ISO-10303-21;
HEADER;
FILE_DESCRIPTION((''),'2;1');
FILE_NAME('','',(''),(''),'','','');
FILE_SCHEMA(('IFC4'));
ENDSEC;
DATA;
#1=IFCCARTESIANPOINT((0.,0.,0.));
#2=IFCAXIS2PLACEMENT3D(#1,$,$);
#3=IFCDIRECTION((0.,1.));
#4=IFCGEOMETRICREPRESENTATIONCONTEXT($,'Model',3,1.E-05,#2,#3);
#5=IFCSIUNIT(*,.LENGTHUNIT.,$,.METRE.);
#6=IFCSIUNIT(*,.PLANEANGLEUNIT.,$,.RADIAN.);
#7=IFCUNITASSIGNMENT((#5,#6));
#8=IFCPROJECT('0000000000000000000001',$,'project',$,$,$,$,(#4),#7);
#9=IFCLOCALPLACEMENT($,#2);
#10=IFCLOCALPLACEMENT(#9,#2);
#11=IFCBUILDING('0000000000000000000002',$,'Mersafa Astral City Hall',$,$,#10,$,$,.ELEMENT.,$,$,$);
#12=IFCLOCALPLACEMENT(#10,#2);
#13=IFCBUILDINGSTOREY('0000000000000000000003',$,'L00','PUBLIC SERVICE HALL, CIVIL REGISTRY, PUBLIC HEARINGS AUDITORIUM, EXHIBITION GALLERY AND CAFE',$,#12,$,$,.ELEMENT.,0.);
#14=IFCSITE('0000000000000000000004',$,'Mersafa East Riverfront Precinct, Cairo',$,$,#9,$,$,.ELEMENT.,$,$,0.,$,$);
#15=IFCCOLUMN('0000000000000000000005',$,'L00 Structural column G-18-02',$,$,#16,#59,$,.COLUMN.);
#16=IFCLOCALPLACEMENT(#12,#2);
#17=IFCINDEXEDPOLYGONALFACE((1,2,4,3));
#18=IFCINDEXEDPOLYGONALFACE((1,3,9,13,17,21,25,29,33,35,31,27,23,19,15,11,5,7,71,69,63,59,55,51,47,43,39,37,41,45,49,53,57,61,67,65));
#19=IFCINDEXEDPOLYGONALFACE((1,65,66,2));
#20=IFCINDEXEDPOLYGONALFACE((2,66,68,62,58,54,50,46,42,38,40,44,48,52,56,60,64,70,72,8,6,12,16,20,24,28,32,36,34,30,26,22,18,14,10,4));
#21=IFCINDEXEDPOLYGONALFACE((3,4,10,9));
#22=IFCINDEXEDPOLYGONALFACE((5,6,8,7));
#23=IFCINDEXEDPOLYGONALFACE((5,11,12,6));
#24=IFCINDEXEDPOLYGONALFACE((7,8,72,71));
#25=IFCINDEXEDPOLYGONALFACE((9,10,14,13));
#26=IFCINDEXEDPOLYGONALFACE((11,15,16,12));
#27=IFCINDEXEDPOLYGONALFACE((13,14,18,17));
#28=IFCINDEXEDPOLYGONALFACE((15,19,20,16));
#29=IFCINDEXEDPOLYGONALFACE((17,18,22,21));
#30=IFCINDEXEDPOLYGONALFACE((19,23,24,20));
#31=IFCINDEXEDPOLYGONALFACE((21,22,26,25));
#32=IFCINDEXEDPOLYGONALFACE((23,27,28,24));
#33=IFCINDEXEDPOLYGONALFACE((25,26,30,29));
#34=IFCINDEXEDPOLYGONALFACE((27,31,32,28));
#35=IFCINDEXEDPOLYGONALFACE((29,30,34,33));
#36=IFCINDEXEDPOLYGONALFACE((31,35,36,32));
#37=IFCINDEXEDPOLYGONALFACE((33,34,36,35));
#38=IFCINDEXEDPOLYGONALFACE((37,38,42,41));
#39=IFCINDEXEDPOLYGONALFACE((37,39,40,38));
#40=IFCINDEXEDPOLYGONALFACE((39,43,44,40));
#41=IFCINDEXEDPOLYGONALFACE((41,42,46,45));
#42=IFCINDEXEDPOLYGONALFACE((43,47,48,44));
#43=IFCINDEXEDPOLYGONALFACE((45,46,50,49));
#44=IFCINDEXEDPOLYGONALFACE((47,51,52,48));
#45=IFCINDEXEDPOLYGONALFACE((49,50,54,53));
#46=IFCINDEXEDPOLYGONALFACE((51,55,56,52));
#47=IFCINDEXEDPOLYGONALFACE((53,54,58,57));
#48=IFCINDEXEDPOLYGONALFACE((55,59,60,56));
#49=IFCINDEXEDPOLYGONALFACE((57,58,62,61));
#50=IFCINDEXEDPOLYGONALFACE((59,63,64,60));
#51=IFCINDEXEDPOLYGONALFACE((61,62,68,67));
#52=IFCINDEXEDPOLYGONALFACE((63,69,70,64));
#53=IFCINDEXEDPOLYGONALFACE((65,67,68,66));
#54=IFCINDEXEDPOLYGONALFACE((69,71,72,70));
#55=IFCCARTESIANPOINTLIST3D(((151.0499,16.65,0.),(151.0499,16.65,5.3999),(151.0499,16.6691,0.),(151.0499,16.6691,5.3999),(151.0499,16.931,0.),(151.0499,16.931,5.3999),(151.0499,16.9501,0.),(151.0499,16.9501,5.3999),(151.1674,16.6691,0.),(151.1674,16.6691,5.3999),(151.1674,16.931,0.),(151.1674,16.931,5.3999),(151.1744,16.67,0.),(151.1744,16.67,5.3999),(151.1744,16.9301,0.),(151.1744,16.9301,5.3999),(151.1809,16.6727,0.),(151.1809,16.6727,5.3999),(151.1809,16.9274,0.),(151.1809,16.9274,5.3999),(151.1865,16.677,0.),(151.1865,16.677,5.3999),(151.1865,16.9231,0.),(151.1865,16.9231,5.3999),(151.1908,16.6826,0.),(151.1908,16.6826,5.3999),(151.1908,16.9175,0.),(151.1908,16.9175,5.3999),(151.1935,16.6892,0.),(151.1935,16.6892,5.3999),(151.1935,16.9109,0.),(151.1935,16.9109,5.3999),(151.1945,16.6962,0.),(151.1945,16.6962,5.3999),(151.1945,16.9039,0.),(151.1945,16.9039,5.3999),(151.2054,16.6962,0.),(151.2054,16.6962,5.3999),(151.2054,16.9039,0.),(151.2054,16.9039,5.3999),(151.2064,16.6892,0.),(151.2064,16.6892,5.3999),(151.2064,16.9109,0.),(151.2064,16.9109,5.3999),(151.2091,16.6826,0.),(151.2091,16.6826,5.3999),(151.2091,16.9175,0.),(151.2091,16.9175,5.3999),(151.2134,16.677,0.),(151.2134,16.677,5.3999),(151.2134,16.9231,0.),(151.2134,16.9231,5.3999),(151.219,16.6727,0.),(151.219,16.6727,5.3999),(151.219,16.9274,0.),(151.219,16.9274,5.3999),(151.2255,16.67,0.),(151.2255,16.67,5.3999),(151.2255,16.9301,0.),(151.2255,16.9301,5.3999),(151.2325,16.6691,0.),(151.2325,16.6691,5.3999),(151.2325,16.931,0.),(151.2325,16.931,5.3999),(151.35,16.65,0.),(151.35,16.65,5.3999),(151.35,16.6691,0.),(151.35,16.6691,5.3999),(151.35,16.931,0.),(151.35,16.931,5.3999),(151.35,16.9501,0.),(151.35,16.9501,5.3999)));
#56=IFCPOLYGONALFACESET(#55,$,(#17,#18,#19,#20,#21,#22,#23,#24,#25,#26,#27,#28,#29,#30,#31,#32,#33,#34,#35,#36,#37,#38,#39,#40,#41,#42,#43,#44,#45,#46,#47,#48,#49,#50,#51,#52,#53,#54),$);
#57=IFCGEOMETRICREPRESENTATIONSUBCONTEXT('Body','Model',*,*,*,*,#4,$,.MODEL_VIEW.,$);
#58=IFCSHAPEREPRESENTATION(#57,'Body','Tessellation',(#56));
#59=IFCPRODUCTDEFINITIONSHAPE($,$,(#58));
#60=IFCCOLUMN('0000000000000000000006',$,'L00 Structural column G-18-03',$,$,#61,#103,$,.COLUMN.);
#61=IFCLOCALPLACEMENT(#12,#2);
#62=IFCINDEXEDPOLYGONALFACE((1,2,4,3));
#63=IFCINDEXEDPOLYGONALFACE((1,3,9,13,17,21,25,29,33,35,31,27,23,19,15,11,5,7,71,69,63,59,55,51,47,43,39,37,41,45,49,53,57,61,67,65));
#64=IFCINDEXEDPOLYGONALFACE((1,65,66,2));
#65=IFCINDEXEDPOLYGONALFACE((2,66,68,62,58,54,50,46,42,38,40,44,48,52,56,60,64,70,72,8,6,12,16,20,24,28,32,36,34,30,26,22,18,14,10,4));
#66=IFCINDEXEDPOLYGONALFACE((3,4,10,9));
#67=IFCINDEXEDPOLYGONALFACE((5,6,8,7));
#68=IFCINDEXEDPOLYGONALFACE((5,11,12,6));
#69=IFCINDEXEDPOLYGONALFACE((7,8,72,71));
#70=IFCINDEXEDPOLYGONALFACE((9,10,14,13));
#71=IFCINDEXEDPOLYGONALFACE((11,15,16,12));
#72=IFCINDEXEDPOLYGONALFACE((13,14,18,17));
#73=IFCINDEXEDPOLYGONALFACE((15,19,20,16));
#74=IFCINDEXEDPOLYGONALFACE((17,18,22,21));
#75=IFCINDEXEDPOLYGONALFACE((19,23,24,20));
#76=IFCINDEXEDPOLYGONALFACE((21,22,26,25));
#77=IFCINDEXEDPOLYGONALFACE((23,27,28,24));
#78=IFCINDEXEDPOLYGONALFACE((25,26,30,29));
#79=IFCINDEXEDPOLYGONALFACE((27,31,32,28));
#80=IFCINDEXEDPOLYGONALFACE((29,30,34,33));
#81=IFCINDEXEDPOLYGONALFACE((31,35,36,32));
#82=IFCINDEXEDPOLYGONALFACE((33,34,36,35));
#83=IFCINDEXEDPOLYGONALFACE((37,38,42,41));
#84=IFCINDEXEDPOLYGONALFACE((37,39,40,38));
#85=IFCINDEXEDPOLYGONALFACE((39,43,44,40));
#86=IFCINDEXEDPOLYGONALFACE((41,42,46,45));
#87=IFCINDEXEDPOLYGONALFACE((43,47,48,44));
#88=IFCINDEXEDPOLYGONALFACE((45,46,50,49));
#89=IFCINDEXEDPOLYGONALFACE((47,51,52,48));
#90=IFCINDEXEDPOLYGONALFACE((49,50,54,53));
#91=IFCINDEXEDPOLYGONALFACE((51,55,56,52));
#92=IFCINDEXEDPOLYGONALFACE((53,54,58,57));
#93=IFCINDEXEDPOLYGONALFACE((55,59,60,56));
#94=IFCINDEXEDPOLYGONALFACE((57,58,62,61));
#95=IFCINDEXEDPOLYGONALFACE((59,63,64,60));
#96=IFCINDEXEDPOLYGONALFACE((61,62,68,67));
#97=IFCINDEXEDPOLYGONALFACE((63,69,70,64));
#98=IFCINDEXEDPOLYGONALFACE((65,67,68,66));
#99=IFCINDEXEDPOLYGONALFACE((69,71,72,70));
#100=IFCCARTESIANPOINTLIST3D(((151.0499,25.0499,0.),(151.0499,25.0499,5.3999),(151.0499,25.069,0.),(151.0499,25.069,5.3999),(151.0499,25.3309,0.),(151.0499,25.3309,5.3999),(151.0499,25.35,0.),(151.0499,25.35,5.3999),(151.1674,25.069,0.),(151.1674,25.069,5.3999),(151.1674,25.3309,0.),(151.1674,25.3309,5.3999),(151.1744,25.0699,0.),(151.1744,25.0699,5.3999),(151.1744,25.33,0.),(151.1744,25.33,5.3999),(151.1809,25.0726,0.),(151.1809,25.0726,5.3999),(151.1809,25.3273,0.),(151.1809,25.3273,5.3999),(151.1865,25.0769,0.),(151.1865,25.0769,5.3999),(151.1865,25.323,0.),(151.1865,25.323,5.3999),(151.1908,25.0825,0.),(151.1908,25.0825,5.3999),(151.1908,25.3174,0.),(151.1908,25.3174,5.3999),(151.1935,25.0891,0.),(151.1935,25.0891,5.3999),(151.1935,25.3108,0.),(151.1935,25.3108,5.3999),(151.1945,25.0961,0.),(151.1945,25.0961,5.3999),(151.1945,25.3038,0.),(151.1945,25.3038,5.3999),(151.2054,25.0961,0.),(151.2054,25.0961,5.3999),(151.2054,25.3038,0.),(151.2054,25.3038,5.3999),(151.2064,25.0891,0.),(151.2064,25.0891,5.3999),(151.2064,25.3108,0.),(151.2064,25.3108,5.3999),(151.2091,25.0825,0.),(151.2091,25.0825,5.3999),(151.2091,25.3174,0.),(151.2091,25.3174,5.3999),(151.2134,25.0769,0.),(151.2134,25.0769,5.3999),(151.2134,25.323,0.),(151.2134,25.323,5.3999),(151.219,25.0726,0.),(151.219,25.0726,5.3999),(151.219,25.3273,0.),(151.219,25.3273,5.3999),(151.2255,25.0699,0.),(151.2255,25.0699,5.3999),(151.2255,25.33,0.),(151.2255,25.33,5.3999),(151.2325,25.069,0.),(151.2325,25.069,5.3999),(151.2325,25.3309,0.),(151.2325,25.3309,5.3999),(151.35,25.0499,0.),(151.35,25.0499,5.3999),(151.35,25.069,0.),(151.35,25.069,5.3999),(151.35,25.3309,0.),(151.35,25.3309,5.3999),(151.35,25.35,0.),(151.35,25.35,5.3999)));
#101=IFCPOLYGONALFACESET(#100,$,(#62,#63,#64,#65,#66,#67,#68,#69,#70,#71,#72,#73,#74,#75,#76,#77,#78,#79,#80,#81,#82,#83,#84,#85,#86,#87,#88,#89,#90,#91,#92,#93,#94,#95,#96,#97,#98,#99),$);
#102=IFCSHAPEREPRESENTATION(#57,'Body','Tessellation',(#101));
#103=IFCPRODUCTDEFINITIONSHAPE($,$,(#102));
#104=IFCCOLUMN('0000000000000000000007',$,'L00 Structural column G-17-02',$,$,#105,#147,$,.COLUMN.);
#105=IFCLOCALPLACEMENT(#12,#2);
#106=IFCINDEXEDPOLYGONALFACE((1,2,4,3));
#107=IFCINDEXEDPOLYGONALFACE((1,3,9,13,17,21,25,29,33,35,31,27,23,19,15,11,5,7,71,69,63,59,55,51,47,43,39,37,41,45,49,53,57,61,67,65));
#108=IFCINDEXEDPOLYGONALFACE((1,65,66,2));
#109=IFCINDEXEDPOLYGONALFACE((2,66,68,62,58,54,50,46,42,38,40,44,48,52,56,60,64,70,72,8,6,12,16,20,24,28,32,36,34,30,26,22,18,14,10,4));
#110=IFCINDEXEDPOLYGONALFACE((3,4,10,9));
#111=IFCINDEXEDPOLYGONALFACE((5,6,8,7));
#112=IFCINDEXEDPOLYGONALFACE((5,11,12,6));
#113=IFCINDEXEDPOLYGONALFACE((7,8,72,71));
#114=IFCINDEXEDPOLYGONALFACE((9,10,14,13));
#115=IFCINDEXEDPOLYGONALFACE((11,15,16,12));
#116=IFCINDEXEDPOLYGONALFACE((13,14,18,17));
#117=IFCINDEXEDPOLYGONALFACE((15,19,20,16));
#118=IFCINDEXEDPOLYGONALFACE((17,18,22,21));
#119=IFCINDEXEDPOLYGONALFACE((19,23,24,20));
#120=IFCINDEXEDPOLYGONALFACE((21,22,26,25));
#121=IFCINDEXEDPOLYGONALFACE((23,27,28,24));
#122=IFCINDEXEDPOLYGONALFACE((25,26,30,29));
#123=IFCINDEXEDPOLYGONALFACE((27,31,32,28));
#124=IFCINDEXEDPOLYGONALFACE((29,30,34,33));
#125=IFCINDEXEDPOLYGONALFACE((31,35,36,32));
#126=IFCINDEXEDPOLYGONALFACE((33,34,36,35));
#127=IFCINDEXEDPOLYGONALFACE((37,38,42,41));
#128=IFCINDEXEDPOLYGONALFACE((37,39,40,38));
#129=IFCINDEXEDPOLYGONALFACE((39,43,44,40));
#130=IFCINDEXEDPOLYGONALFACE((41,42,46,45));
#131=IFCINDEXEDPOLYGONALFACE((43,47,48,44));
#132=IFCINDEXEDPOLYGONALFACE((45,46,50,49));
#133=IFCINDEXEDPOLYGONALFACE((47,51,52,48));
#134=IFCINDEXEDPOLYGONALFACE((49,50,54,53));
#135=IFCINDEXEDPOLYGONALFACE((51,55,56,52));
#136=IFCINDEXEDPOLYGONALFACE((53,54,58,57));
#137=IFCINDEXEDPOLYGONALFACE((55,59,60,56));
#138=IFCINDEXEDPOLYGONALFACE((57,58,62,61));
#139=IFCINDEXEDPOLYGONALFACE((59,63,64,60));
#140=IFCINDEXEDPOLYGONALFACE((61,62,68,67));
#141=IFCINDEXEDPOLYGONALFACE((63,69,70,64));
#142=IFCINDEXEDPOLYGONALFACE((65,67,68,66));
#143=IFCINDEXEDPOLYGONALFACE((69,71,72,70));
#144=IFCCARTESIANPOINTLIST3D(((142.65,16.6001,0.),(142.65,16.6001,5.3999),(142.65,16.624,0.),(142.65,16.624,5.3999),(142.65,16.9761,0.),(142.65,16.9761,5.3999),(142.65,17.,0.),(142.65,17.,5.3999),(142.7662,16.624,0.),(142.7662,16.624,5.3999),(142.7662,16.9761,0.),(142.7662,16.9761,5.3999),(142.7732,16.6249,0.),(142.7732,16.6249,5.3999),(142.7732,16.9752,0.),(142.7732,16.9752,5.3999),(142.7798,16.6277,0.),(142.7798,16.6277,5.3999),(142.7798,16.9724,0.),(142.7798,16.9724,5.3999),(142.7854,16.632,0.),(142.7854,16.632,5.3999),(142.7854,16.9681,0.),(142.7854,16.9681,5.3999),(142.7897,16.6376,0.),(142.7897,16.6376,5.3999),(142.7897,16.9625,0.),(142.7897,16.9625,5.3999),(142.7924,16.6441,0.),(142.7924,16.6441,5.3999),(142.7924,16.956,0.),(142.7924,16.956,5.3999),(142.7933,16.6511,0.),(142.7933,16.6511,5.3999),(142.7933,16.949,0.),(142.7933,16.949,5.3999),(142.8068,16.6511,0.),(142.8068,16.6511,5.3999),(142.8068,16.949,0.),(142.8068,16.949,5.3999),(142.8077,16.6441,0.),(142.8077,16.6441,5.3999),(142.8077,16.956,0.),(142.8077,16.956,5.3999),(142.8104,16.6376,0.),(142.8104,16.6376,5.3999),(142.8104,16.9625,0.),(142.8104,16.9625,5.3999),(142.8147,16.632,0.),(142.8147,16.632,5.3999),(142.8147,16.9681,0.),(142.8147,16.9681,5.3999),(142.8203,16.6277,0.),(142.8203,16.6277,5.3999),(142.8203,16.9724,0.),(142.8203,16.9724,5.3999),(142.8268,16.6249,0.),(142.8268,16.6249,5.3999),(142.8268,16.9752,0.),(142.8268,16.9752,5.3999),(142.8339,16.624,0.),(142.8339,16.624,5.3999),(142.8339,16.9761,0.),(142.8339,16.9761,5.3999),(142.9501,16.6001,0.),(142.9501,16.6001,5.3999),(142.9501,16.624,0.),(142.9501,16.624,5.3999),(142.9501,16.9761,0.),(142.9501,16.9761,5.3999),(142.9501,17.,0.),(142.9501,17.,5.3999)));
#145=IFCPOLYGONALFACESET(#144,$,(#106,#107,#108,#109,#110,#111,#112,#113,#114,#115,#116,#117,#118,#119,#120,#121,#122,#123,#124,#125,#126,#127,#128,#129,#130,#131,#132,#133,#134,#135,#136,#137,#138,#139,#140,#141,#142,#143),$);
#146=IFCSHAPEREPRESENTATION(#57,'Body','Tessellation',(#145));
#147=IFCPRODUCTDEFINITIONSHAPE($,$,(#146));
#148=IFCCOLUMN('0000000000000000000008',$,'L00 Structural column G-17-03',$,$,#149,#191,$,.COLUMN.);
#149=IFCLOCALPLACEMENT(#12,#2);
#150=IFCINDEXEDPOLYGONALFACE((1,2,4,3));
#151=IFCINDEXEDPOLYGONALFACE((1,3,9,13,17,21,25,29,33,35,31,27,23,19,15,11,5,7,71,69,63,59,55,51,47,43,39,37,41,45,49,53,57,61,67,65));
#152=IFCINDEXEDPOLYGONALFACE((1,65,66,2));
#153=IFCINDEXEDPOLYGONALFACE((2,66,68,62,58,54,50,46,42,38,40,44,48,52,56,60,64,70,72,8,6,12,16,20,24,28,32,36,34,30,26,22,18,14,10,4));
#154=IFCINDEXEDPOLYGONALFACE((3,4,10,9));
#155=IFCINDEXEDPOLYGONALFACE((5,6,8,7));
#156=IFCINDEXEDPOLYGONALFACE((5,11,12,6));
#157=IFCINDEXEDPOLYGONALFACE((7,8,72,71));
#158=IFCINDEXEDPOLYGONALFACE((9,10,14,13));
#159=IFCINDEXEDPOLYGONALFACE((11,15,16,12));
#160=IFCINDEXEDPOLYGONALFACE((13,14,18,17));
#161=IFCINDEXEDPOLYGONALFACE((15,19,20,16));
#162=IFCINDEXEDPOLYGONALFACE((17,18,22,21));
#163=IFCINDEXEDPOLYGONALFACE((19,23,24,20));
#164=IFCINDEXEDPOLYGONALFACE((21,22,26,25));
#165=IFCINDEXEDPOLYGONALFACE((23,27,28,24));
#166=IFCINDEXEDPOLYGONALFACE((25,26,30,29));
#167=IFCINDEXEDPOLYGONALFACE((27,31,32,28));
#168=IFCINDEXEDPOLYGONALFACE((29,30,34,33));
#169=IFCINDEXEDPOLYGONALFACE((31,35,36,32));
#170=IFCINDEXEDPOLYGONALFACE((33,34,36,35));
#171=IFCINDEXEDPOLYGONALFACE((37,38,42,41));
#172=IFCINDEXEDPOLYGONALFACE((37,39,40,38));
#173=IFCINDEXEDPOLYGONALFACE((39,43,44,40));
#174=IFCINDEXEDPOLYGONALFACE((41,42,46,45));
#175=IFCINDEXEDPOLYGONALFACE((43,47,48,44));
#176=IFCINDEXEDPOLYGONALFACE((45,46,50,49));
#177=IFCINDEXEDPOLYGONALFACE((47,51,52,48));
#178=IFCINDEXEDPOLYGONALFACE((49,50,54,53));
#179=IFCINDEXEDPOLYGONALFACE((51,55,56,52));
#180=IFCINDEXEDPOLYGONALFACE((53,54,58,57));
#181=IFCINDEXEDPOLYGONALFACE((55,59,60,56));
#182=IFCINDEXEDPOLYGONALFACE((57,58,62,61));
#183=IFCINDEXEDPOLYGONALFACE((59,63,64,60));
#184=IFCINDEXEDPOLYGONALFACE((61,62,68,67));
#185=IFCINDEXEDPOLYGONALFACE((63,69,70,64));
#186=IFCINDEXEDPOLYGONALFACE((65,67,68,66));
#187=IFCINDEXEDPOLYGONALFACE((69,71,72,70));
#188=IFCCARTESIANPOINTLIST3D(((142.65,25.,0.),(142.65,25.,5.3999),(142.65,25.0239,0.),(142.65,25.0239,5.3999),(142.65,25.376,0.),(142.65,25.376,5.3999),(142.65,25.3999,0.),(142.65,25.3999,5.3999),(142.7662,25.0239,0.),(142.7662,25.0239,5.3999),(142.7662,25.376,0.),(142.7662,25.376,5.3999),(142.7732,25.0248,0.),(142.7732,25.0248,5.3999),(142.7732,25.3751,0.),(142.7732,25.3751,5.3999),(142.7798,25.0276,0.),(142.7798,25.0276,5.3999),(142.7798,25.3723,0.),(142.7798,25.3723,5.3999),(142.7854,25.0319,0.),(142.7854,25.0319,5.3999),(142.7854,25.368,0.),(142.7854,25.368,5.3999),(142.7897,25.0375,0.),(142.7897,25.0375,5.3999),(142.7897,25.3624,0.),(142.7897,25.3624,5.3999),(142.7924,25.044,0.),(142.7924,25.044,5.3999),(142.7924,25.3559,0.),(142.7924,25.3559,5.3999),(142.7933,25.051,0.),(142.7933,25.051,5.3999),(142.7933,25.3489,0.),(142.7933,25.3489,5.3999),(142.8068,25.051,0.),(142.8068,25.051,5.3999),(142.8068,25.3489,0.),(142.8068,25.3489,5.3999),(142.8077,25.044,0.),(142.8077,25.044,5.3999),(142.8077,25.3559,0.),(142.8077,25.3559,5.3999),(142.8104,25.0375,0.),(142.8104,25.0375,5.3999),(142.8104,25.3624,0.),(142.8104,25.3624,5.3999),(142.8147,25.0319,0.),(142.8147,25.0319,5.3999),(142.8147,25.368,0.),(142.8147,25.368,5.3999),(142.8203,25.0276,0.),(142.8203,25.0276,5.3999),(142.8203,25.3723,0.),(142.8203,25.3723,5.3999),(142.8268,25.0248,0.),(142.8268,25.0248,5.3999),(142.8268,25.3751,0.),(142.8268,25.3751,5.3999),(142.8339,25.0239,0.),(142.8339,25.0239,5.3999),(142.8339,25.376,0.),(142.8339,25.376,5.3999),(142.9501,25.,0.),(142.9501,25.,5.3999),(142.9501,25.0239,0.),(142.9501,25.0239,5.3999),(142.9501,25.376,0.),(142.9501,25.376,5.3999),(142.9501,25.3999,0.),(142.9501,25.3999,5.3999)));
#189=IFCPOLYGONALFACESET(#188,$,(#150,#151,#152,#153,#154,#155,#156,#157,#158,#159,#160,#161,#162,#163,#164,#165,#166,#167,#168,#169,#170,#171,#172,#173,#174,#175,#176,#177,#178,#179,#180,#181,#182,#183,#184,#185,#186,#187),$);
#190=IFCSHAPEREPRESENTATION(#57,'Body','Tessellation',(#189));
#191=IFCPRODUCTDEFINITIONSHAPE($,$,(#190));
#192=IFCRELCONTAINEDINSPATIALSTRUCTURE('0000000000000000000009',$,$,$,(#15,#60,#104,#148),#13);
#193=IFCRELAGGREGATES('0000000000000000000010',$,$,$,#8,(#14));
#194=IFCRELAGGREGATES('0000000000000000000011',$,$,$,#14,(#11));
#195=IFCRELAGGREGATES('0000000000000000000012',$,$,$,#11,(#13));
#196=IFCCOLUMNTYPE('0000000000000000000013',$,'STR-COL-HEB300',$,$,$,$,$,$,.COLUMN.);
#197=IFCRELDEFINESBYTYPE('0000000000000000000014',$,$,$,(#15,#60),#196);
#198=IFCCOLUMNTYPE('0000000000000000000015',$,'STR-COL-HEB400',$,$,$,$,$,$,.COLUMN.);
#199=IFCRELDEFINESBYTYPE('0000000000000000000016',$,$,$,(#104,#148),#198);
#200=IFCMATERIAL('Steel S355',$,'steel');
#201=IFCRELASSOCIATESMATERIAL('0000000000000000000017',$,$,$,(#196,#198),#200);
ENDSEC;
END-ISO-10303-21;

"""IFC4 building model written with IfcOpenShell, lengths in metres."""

from ifc_helpers import new_model, si_unit, direction, frame, origin, origin_2d, place, context, subcontext, project, spatial, i_section, extrude, material, material_profile, profile_set, type_object, element, save


model = new_model("IFC4")

# Units and contexts
model_context = context("Model", 3, precision=1e-05, world=origin(), true_north=direction((0.0, 1.0)))
body_context = subcontext(model_context, "Body", "Model", "MODEL_VIEW")
ifc_project = project(units=[si_unit("LENGTHUNIT", "METRE"), si_unit("PLANEANGLEUNIT", "RADIAN")], contexts=[model_context])

# Site, building, storey
site_placement = place(None, origin())
site = spatial("IfcSite", under=ifc_project, at=site_placement, Name="Mersafa East Riverfront Precinct, Cairo", CompositionType="ELEMENT", RefElevation=0.0)
building_placement = place(site_placement, origin())
building = spatial("IfcBuilding", under=site, at=building_placement, Name="Mersafa Astral City Hall", CompositionType="ELEMENT")
storey_placement = place(building_placement, origin())
storey = spatial("IfcBuildingStorey", under=building, at=storey_placement, Name="L00", Description="PUBLIC SERVICE HALL, CIVIL REGISTRY, PUBLIC HEARINGS AUDITORIUM, EXHIBITION GALLERY AND CAFE", CompositionType="ELEMENT", Elevation=0.0)

# Columns
ifc_material_1 = material(Name="Steel S355", Category="steel")
ifc_material_profile_1 = material_profile(ifc_material_1, i_section(OverallWidth=0.3, OverallDepth=0.3, WebThickness=0.011, FlangeThickness=0.019, FilletRadius=0.0271, at=origin_2d()), Name="HEB 300")
ifc_profile_set_1 = profile_set([ifc_material_profile_1], Name="Steel S355")
column_type_1 = type_object("IfcColumnType", Name="STR-COL-HEB300", PredefinedType="COLUMN", material=ifc_profile_set_1)
for number, where, z_axis, x_axis, name in (
    (1, (151.2, 16.8, 0.0), (0.0, 0.0, 1.0), (1.0, 0.0, 0.0), "L00 Structural column G-18-02"),
    (2, (151.2, 25.2, 0.0), (0.0, 0.0, 1.0), (1.0, 0.0, 0.0), "L00 Structural column G-18-03"),
):
    element("IfcColumn", number, at=place(storey_placement, frame(where, z_axis=z_axis, x_axis=x_axis)), inside=storey, type_object=column_type_1, Name=name, PredefinedType="COLUMN", context=body_context, shape_type="SweptSolid", body=[
        extrude(i_section(OverallWidth=0.3, OverallDepth=0.3, WebThickness=0.011, FlangeThickness=0.019, FilletRadius=0.0271, at=origin_2d()), origin(), (0.0, 0.0, 1.0), 5.3999),
    ])
ifc_material_profile_2 = material_profile(ifc_material_1, i_section(OverallWidth=0.3, OverallDepth=0.3999, WebThickness=0.0134, FlangeThickness=0.0239, FilletRadius=0.0271, at=origin_2d()), Name="HEB 400")
ifc_profile_set_2 = profile_set([ifc_material_profile_2], Name="Steel S355")
column_type_2 = type_object("IfcColumnType", Name="STR-COL-HEB400", PredefinedType="COLUMN", material=ifc_profile_set_2)
for number, where, z_axis, x_axis, name in (
    (3, (142.8, 16.8, 0.0), (0.0, 0.0, 1.0), (1.0, 0.0, 0.0), "L00 Structural column G-17-02"),
    (4, (142.8, 25.2, 0.0), (0.0, 0.0, 1.0), (1.0, 0.0, 0.0), "L00 Structural column G-17-03"),
):
    element("IfcColumn", number, at=place(storey_placement, frame(where, z_axis=z_axis, x_axis=x_axis)), inside=storey, type_object=column_type_2, Name=name, PredefinedType="COLUMN", context=body_context, shape_type="SweptSolid", body=[
        extrude(i_section(OverallWidth=0.3, OverallDepth=0.3999, WebThickness=0.0134, FlangeThickness=0.0239, FilletRadius=0.0271, at=origin_2d()), origin(), (0.0, 0.0, 1.0), 5.3999),
    ])

save(model, "model.ifc")
